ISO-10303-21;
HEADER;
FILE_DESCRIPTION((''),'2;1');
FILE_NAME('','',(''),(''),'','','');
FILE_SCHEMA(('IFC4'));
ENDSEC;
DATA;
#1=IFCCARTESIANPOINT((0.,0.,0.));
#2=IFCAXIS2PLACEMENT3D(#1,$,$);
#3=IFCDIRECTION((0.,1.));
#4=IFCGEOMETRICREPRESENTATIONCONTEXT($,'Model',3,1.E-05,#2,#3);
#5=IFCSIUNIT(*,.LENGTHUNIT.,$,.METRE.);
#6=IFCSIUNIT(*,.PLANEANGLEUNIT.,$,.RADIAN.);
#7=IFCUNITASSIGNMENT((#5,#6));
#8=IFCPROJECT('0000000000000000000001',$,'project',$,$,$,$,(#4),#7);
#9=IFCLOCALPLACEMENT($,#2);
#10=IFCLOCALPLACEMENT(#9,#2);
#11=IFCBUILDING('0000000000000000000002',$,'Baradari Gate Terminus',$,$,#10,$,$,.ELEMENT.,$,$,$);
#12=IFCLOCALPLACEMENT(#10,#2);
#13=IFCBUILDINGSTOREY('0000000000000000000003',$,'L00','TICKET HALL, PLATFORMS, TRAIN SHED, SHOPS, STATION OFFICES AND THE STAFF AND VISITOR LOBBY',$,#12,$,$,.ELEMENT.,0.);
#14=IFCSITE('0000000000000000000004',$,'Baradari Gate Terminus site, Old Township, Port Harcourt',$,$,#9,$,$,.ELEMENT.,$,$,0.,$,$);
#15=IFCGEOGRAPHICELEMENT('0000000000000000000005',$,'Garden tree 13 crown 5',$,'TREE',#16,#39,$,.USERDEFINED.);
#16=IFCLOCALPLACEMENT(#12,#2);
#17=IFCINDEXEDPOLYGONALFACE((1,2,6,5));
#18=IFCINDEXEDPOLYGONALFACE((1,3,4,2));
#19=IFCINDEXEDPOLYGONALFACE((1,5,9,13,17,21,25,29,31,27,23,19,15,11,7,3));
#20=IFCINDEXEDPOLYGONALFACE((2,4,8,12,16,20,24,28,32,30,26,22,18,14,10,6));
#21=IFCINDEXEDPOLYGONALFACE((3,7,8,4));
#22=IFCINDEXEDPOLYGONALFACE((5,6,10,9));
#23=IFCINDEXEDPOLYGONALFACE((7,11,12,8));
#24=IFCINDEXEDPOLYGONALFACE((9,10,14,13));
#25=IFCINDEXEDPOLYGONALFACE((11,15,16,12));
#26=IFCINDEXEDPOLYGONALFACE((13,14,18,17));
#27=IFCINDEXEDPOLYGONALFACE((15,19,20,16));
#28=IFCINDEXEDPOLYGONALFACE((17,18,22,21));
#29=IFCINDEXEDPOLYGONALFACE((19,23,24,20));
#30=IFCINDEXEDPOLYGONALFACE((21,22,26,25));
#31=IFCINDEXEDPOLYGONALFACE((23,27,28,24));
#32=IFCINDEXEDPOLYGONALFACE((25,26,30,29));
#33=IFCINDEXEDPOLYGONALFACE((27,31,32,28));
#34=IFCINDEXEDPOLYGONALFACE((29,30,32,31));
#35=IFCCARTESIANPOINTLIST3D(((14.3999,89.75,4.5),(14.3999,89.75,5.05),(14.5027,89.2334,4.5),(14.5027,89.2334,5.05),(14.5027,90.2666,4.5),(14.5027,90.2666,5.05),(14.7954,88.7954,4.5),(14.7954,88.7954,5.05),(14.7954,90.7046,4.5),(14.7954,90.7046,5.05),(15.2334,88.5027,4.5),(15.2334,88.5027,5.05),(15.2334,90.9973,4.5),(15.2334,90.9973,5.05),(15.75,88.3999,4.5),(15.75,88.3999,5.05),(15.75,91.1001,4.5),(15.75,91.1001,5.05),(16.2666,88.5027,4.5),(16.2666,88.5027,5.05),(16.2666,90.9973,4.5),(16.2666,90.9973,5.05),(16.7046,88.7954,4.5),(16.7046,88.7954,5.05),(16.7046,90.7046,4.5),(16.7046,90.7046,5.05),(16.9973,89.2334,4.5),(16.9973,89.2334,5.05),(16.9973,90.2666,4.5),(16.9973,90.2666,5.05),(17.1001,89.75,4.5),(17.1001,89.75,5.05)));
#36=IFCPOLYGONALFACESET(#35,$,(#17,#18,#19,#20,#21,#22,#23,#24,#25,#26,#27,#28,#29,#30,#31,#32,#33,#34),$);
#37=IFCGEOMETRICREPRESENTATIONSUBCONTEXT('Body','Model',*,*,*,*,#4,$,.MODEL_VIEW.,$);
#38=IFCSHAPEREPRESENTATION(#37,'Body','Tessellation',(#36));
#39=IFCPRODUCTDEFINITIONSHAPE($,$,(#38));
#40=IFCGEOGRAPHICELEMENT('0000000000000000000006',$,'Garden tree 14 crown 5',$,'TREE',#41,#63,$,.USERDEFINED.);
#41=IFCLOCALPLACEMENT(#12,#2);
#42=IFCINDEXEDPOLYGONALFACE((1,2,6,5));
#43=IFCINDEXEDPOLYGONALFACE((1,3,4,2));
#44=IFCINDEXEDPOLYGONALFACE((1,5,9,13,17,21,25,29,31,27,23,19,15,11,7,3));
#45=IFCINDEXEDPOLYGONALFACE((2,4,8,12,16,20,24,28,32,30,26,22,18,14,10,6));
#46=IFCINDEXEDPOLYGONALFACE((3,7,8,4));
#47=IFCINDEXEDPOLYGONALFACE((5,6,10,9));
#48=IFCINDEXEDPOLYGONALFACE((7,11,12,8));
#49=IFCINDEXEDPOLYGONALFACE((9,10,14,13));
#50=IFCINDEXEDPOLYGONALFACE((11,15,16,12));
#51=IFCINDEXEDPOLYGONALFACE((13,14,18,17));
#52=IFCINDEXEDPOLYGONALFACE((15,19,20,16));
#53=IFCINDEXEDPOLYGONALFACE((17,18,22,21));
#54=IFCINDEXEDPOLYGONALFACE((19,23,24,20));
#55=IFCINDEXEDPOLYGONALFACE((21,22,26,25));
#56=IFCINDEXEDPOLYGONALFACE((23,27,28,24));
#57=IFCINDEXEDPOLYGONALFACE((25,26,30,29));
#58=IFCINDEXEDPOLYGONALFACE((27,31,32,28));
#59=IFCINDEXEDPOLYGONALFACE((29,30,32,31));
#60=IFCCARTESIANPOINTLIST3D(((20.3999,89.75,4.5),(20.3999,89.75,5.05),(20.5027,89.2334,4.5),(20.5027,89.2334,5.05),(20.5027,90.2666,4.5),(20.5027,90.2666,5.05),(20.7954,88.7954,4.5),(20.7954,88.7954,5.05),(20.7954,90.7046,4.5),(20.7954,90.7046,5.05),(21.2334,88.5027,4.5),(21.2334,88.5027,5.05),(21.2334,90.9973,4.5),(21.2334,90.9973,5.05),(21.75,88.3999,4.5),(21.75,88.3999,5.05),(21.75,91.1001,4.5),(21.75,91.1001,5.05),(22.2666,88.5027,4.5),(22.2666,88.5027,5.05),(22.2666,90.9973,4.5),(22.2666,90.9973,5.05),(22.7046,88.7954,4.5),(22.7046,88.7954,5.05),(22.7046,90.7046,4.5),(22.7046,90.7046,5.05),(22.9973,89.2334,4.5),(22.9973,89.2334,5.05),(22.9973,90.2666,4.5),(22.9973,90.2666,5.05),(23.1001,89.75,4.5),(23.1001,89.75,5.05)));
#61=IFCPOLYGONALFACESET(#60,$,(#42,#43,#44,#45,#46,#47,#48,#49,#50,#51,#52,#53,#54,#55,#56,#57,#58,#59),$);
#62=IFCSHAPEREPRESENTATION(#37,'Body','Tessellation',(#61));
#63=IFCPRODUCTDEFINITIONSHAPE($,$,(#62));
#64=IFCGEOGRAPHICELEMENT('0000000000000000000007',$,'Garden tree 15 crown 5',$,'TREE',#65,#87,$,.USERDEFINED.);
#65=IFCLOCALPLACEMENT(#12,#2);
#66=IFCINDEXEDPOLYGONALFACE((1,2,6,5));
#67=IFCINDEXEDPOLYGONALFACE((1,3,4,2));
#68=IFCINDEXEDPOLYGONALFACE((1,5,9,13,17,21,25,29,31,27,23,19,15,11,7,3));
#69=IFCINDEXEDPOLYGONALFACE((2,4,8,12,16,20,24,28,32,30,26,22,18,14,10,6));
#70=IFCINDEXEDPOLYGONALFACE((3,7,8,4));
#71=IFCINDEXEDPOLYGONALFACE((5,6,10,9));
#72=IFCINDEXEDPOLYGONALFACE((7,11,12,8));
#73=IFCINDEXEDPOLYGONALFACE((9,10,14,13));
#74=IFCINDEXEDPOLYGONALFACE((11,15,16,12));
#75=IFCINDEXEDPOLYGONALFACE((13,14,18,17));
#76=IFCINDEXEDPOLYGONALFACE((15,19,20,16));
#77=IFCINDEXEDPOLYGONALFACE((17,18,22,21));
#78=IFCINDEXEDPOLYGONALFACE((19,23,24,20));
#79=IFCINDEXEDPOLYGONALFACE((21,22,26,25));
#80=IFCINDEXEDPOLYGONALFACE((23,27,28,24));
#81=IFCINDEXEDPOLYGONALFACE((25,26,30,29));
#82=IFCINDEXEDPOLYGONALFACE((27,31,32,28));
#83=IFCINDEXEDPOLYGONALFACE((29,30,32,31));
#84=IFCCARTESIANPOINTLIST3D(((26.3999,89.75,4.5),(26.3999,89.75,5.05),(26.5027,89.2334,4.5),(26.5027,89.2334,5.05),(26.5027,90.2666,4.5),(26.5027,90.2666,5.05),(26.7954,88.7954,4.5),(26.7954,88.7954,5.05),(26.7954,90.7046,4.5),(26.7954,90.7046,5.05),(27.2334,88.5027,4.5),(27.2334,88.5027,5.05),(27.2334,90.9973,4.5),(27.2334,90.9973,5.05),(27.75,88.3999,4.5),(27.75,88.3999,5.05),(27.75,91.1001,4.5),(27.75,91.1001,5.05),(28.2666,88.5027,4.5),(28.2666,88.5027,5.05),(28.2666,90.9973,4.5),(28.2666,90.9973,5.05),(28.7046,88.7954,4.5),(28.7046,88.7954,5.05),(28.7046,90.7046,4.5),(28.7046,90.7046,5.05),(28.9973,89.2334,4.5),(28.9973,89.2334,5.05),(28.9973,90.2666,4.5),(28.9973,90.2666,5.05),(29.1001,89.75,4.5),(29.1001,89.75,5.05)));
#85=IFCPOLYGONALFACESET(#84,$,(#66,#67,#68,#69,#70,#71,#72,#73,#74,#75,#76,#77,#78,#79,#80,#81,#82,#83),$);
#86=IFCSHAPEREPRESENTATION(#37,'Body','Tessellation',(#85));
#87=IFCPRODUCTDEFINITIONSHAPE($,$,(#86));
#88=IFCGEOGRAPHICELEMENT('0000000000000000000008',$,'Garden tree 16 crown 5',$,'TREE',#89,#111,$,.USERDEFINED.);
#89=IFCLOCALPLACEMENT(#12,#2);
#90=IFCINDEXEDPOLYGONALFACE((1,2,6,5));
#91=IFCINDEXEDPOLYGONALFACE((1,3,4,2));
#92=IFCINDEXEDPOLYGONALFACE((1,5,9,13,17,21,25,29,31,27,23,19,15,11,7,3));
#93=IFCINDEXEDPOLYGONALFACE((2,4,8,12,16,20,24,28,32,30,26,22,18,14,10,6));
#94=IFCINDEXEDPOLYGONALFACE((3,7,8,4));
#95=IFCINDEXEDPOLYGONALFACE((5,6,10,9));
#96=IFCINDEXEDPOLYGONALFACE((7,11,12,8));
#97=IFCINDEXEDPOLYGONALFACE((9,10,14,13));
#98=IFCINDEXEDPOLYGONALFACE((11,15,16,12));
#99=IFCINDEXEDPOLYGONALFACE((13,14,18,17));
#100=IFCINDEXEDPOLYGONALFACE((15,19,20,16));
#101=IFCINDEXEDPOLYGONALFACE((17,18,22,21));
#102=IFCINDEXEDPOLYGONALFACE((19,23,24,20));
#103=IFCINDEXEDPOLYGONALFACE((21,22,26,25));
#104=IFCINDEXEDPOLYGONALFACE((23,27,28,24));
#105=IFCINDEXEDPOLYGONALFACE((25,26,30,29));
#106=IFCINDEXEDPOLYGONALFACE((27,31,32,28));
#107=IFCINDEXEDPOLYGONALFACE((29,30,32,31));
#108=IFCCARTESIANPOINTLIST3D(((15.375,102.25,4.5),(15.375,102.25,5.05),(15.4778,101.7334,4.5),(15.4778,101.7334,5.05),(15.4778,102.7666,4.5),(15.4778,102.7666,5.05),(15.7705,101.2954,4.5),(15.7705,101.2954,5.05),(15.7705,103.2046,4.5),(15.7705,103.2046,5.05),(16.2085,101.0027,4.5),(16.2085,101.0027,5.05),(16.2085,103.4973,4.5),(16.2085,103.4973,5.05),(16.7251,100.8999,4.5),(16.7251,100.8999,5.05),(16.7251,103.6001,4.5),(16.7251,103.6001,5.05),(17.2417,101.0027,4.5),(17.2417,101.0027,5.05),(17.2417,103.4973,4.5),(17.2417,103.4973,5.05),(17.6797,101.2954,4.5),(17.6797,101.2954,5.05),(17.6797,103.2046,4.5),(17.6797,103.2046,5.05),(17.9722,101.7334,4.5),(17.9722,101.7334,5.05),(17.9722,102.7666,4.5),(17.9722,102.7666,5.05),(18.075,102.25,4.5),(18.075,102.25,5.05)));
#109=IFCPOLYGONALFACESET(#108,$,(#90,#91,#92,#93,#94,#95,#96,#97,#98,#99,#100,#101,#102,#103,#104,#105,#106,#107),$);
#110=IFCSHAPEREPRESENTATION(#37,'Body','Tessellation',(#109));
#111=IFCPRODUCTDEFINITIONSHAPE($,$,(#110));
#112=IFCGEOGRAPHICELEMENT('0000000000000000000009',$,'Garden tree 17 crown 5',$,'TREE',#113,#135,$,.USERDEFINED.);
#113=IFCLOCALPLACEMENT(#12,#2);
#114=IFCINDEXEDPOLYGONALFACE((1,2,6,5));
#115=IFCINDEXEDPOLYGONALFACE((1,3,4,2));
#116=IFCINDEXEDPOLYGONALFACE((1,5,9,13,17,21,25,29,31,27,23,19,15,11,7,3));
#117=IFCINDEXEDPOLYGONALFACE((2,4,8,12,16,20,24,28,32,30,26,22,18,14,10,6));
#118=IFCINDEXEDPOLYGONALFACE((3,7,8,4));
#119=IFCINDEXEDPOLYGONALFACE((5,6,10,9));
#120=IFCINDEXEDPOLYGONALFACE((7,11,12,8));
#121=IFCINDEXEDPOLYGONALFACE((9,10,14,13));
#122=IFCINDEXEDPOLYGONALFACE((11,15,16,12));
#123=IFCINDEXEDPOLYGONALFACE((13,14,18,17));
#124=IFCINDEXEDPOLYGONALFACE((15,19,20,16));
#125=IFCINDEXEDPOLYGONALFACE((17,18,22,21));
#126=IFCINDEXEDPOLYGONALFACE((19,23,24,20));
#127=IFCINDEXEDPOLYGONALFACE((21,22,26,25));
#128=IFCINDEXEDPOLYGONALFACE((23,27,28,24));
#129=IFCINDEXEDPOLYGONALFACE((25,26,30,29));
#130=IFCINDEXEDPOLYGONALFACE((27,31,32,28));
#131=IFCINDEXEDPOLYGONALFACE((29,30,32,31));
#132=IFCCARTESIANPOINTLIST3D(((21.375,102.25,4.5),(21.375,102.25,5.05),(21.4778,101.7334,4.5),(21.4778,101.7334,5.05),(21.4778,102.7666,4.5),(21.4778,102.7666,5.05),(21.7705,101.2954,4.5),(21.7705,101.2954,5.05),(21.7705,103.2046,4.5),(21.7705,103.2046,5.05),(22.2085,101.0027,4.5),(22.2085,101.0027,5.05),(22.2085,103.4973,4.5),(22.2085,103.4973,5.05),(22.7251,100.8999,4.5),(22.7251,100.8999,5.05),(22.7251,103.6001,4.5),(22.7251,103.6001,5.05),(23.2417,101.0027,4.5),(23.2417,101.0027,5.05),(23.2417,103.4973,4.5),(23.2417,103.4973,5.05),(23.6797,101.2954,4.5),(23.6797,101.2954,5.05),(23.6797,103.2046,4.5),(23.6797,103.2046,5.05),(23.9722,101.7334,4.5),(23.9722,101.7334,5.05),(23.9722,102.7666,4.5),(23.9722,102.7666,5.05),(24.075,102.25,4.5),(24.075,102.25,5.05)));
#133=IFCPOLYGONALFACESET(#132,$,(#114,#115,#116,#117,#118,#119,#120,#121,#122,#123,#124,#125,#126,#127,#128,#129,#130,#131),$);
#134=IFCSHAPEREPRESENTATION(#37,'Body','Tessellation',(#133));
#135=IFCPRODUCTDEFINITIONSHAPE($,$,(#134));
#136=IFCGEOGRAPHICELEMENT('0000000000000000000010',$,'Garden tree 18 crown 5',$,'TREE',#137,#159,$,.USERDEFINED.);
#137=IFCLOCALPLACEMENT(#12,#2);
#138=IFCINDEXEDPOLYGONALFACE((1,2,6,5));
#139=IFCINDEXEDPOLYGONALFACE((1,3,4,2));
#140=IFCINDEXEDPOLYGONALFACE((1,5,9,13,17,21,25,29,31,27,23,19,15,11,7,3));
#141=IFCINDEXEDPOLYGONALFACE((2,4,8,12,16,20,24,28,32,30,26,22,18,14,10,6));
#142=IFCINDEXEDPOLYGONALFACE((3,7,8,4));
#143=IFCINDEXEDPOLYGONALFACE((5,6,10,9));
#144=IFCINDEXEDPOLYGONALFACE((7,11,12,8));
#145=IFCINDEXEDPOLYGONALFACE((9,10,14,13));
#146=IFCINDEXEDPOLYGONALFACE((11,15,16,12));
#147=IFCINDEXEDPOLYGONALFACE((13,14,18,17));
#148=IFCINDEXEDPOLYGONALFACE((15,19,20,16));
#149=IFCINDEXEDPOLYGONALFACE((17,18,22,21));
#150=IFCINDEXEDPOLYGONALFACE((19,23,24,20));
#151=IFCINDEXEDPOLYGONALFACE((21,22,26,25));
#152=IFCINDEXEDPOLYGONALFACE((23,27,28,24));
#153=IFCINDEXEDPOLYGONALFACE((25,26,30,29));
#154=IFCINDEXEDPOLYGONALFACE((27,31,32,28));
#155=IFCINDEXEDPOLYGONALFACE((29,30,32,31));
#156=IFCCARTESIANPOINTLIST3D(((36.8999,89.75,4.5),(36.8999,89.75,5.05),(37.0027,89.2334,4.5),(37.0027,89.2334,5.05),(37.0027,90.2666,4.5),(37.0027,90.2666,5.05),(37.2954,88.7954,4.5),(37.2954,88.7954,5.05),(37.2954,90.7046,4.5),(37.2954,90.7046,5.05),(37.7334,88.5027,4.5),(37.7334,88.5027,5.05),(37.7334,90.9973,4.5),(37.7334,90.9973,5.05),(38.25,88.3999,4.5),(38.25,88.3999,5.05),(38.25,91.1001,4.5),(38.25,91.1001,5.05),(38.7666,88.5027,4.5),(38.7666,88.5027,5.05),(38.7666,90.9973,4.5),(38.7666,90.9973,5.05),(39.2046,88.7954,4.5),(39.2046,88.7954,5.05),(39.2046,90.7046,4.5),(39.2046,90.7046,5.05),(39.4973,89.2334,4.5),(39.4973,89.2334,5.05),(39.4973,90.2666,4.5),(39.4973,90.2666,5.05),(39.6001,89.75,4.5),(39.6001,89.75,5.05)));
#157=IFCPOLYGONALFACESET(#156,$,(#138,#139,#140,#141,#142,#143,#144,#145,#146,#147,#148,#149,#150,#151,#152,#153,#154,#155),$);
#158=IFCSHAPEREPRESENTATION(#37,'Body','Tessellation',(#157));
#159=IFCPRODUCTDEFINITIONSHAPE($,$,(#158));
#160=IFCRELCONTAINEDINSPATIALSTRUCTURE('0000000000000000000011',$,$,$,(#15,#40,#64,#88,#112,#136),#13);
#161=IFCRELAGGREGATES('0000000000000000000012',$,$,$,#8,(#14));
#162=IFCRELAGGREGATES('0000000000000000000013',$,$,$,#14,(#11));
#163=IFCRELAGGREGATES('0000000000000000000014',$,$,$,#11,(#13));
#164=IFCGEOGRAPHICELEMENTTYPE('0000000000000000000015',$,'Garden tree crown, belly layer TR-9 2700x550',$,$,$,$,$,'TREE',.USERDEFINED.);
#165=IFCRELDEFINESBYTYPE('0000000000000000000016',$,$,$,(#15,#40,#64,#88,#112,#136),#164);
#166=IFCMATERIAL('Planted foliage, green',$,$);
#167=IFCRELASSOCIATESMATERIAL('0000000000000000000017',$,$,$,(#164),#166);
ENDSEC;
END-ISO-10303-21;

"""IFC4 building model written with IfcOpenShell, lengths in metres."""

from ifc_helpers import new_model, si_unit, direction, frame, origin, place, context, subcontext, project, spatial, polyline, outline, extrude, material, type_object, element, save


model = new_model("IFC4")

# Units and contexts
model_context = context("Model", 3, precision=1e-05, world=origin(), true_north=direction((0.0, 1.0)))
body_context = subcontext(model_context, "Body", "Model", "MODEL_VIEW")
ifc_project = project(units=[si_unit("LENGTHUNIT", "METRE"), si_unit("PLANEANGLEUNIT", "RADIAN")], contexts=[model_context])

# Site, building, storey
site_placement = place(None, origin())
site = spatial("IfcSite", under=ifc_project, at=site_placement, Name="Baradari Gate Terminus site, Old Township, Port Harcourt", CompositionType="ELEMENT", RefElevation=0.0)
building_placement = place(site_placement, origin())
building = spatial("IfcBuilding", under=site, at=building_placement, Name="Baradari Gate Terminus", CompositionType="ELEMENT")
storey_placement = place(building_placement, origin())
storey = spatial("IfcBuildingStorey", under=building, at=storey_placement, Name="L00", Description="TICKET HALL, PLATFORMS, TRAIN SHED, SHOPS, STATION OFFICES AND THE STAFF AND VISITOR LOBBY", CompositionType="ELEMENT", Elevation=0.0)

# Geographic elements
ifc_material_1 = material(Name="Planted foliage, green")
geographic_element_type_1 = type_object("IfcGeographicElementType", Name="Garden tree crown, belly layer TR-9 2700x550", ElementType="TREE", PredefinedType="USERDEFINED", material=ifc_material_1)
geographic_element_1_placement = place(storey_placement, frame((0.0, 0.0, 4.5)))
element("IfcGeographicElement", 1, at=geographic_element_1_placement, inside=storey, type_object=geographic_element_type_1, Name="Garden tree 13 crown 5", ObjectType="TREE", PredefinedType="USERDEFINED", context=body_context, shape_type="SweptSolid", body=[
    extrude(outline(polyline([(17.1001, 89.75), (16.9973, 90.2666), (16.7046, 90.7046), (16.2666, 90.9973), (15.75, 91.1001), (15.2334, 90.9973), (14.7954, 90.7046), (14.5027, 90.2666), (14.3999, 89.75), (14.5027, 89.2334), (14.7954, 88.7954), (15.2334, 88.5027), (15.75, 88.3999), (16.2666, 88.5027), (16.7046, 88.7954), (16.9973, 89.2334), (17.1001, 89.75)])), origin(), (0.0, 0.0, 1.0), 0.55),
])
geographic_element_2_placement = place(storey_placement, frame((0.0, 0.0, 4.5)))
element("IfcGeographicElement", 2, at=geographic_element_2_placement, inside=storey, type_object=geographic_element_type_1, Name="Garden tree 14 crown 5", ObjectType="TREE", PredefinedType="USERDEFINED", context=body_context, shape_type="SweptSolid", body=[
    extrude(outline(polyline([(23.1001, 89.75), (22.9973, 90.2666), (22.7046, 90.7046), (22.2666, 90.9973), (21.75, 91.1001), (21.2334, 90.9973), (20.7954, 90.7046), (20.5027, 90.2666), (20.3999, 89.75), (20.5027, 89.2334), (20.7954, 88.7954), (21.2334, 88.5027), (21.75, 88.3999), (22.2666, 88.5027), (22.7046, 88.7954), (22.9973, 89.2334), (23.1001, 89.75)])), origin(), (0.0, 0.0, 1.0), 0.55),
])
geographic_element_3_placement = place(storey_placement, frame((0.0, 0.0, 4.5)))
element("IfcGeographicElement", 3, at=geographic_element_3_placement, inside=storey, type_object=geographic_element_type_1, Name="Garden tree 15 crown 5", ObjectType="TREE", PredefinedType="USERDEFINED", context=body_context, shape_type="SweptSolid", body=[
    extrude(outline(polyline([(29.1001, 89.75), (28.9973, 90.2666), (28.7046, 90.7046), (28.2666, 90.9973), (27.75, 91.1001), (27.2334, 90.9973), (26.7954, 90.7046), (26.5027, 90.2666), (26.3999, 89.75), (26.5027, 89.2334), (26.7954, 88.7954), (27.2334, 88.5027), (27.75, 88.3999), (28.2666, 88.5027), (28.7046, 88.7954), (28.9973, 89.2334), (29.1001, 89.75)])), origin(), (0.0, 0.0, 1.0), 0.55),
])
geographic_element_4_placement = place(storey_placement, frame((0.0, 0.0, 4.5)))
element("IfcGeographicElement", 4, at=geographic_element_4_placement, inside=storey, type_object=geographic_element_type_1, Name="Garden tree 16 crown 5", ObjectType="TREE", PredefinedType="USERDEFINED", context=body_context, shape_type="SweptSolid", body=[
    extrude(outline(polyline([(18.075, 102.25), (17.9722, 102.7666), (17.6797, 103.2046), (17.2417, 103.4973), (16.7251, 103.6001), (16.2085, 103.4973), (15.7705, 103.2046), (15.4778, 102.7666), (15.375, 102.25), (15.4778, 101.7334), (15.7705, 101.2954), (16.2085, 101.0027), (16.7251, 100.8999), (17.2417, 101.0027), (17.6797, 101.2954), (17.9722, 101.7334), (18.075, 102.25)])), origin(), (0.0, 0.0, 1.0), 0.55),
])
geographic_element_5_placement = place(storey_placement, frame((0.0, 0.0, 4.5)))
element("IfcGeographicElement", 5, at=geographic_element_5_placement, inside=storey, type_object=geographic_element_type_1, Name="Garden tree 17 crown 5", ObjectType="TREE", PredefinedType="USERDEFINED", context=body_context, shape_type="SweptSolid", body=[
    extrude(outline(polyline([(24.075, 102.25), (23.9722, 102.7666), (23.6797, 103.2046), (23.2417, 103.4973), (22.7251, 103.6001), (22.2085, 103.4973), (21.7705, 103.2046), (21.4778, 102.7666), (21.375, 102.25), (21.4778, 101.7334), (21.7705, 101.2954), (22.2085, 101.0027), (22.7251, 100.8999), (23.2417, 101.0027), (23.6797, 101.2954), (23.9722, 101.7334), (24.075, 102.25)])), origin(), (0.0, 0.0, 1.0), 0.55),
])
geographic_element_6_placement = place(storey_placement, frame((0.0, 0.0, 4.5)))
element("IfcGeographicElement", 6, at=geographic_element_6_placement, inside=storey, type_object=geographic_element_type_1, Name="Garden tree 18 crown 5", ObjectType="TREE", PredefinedType="USERDEFINED", context=body_context, shape_type="SweptSolid", body=[
    extrude(outline(polyline([(39.6001, 89.75), (39.4973, 90.2666), (39.2046, 90.7046), (38.7666, 90.9973), (38.25, 91.1001), (37.7334, 90.9973), (37.2954, 90.7046), (37.0027, 90.2666), (36.8999, 89.75), (37.0027, 89.2334), (37.2954, 88.7954), (37.7334, 88.5027), (38.25, 88.3999), (38.7666, 88.5027), (39.2046, 88.7954), (39.4973, 89.2334), (39.6001, 89.75)])), origin(), (0.0, 0.0, 1.0), 0.55),
])

save(model, "model.ifc")
